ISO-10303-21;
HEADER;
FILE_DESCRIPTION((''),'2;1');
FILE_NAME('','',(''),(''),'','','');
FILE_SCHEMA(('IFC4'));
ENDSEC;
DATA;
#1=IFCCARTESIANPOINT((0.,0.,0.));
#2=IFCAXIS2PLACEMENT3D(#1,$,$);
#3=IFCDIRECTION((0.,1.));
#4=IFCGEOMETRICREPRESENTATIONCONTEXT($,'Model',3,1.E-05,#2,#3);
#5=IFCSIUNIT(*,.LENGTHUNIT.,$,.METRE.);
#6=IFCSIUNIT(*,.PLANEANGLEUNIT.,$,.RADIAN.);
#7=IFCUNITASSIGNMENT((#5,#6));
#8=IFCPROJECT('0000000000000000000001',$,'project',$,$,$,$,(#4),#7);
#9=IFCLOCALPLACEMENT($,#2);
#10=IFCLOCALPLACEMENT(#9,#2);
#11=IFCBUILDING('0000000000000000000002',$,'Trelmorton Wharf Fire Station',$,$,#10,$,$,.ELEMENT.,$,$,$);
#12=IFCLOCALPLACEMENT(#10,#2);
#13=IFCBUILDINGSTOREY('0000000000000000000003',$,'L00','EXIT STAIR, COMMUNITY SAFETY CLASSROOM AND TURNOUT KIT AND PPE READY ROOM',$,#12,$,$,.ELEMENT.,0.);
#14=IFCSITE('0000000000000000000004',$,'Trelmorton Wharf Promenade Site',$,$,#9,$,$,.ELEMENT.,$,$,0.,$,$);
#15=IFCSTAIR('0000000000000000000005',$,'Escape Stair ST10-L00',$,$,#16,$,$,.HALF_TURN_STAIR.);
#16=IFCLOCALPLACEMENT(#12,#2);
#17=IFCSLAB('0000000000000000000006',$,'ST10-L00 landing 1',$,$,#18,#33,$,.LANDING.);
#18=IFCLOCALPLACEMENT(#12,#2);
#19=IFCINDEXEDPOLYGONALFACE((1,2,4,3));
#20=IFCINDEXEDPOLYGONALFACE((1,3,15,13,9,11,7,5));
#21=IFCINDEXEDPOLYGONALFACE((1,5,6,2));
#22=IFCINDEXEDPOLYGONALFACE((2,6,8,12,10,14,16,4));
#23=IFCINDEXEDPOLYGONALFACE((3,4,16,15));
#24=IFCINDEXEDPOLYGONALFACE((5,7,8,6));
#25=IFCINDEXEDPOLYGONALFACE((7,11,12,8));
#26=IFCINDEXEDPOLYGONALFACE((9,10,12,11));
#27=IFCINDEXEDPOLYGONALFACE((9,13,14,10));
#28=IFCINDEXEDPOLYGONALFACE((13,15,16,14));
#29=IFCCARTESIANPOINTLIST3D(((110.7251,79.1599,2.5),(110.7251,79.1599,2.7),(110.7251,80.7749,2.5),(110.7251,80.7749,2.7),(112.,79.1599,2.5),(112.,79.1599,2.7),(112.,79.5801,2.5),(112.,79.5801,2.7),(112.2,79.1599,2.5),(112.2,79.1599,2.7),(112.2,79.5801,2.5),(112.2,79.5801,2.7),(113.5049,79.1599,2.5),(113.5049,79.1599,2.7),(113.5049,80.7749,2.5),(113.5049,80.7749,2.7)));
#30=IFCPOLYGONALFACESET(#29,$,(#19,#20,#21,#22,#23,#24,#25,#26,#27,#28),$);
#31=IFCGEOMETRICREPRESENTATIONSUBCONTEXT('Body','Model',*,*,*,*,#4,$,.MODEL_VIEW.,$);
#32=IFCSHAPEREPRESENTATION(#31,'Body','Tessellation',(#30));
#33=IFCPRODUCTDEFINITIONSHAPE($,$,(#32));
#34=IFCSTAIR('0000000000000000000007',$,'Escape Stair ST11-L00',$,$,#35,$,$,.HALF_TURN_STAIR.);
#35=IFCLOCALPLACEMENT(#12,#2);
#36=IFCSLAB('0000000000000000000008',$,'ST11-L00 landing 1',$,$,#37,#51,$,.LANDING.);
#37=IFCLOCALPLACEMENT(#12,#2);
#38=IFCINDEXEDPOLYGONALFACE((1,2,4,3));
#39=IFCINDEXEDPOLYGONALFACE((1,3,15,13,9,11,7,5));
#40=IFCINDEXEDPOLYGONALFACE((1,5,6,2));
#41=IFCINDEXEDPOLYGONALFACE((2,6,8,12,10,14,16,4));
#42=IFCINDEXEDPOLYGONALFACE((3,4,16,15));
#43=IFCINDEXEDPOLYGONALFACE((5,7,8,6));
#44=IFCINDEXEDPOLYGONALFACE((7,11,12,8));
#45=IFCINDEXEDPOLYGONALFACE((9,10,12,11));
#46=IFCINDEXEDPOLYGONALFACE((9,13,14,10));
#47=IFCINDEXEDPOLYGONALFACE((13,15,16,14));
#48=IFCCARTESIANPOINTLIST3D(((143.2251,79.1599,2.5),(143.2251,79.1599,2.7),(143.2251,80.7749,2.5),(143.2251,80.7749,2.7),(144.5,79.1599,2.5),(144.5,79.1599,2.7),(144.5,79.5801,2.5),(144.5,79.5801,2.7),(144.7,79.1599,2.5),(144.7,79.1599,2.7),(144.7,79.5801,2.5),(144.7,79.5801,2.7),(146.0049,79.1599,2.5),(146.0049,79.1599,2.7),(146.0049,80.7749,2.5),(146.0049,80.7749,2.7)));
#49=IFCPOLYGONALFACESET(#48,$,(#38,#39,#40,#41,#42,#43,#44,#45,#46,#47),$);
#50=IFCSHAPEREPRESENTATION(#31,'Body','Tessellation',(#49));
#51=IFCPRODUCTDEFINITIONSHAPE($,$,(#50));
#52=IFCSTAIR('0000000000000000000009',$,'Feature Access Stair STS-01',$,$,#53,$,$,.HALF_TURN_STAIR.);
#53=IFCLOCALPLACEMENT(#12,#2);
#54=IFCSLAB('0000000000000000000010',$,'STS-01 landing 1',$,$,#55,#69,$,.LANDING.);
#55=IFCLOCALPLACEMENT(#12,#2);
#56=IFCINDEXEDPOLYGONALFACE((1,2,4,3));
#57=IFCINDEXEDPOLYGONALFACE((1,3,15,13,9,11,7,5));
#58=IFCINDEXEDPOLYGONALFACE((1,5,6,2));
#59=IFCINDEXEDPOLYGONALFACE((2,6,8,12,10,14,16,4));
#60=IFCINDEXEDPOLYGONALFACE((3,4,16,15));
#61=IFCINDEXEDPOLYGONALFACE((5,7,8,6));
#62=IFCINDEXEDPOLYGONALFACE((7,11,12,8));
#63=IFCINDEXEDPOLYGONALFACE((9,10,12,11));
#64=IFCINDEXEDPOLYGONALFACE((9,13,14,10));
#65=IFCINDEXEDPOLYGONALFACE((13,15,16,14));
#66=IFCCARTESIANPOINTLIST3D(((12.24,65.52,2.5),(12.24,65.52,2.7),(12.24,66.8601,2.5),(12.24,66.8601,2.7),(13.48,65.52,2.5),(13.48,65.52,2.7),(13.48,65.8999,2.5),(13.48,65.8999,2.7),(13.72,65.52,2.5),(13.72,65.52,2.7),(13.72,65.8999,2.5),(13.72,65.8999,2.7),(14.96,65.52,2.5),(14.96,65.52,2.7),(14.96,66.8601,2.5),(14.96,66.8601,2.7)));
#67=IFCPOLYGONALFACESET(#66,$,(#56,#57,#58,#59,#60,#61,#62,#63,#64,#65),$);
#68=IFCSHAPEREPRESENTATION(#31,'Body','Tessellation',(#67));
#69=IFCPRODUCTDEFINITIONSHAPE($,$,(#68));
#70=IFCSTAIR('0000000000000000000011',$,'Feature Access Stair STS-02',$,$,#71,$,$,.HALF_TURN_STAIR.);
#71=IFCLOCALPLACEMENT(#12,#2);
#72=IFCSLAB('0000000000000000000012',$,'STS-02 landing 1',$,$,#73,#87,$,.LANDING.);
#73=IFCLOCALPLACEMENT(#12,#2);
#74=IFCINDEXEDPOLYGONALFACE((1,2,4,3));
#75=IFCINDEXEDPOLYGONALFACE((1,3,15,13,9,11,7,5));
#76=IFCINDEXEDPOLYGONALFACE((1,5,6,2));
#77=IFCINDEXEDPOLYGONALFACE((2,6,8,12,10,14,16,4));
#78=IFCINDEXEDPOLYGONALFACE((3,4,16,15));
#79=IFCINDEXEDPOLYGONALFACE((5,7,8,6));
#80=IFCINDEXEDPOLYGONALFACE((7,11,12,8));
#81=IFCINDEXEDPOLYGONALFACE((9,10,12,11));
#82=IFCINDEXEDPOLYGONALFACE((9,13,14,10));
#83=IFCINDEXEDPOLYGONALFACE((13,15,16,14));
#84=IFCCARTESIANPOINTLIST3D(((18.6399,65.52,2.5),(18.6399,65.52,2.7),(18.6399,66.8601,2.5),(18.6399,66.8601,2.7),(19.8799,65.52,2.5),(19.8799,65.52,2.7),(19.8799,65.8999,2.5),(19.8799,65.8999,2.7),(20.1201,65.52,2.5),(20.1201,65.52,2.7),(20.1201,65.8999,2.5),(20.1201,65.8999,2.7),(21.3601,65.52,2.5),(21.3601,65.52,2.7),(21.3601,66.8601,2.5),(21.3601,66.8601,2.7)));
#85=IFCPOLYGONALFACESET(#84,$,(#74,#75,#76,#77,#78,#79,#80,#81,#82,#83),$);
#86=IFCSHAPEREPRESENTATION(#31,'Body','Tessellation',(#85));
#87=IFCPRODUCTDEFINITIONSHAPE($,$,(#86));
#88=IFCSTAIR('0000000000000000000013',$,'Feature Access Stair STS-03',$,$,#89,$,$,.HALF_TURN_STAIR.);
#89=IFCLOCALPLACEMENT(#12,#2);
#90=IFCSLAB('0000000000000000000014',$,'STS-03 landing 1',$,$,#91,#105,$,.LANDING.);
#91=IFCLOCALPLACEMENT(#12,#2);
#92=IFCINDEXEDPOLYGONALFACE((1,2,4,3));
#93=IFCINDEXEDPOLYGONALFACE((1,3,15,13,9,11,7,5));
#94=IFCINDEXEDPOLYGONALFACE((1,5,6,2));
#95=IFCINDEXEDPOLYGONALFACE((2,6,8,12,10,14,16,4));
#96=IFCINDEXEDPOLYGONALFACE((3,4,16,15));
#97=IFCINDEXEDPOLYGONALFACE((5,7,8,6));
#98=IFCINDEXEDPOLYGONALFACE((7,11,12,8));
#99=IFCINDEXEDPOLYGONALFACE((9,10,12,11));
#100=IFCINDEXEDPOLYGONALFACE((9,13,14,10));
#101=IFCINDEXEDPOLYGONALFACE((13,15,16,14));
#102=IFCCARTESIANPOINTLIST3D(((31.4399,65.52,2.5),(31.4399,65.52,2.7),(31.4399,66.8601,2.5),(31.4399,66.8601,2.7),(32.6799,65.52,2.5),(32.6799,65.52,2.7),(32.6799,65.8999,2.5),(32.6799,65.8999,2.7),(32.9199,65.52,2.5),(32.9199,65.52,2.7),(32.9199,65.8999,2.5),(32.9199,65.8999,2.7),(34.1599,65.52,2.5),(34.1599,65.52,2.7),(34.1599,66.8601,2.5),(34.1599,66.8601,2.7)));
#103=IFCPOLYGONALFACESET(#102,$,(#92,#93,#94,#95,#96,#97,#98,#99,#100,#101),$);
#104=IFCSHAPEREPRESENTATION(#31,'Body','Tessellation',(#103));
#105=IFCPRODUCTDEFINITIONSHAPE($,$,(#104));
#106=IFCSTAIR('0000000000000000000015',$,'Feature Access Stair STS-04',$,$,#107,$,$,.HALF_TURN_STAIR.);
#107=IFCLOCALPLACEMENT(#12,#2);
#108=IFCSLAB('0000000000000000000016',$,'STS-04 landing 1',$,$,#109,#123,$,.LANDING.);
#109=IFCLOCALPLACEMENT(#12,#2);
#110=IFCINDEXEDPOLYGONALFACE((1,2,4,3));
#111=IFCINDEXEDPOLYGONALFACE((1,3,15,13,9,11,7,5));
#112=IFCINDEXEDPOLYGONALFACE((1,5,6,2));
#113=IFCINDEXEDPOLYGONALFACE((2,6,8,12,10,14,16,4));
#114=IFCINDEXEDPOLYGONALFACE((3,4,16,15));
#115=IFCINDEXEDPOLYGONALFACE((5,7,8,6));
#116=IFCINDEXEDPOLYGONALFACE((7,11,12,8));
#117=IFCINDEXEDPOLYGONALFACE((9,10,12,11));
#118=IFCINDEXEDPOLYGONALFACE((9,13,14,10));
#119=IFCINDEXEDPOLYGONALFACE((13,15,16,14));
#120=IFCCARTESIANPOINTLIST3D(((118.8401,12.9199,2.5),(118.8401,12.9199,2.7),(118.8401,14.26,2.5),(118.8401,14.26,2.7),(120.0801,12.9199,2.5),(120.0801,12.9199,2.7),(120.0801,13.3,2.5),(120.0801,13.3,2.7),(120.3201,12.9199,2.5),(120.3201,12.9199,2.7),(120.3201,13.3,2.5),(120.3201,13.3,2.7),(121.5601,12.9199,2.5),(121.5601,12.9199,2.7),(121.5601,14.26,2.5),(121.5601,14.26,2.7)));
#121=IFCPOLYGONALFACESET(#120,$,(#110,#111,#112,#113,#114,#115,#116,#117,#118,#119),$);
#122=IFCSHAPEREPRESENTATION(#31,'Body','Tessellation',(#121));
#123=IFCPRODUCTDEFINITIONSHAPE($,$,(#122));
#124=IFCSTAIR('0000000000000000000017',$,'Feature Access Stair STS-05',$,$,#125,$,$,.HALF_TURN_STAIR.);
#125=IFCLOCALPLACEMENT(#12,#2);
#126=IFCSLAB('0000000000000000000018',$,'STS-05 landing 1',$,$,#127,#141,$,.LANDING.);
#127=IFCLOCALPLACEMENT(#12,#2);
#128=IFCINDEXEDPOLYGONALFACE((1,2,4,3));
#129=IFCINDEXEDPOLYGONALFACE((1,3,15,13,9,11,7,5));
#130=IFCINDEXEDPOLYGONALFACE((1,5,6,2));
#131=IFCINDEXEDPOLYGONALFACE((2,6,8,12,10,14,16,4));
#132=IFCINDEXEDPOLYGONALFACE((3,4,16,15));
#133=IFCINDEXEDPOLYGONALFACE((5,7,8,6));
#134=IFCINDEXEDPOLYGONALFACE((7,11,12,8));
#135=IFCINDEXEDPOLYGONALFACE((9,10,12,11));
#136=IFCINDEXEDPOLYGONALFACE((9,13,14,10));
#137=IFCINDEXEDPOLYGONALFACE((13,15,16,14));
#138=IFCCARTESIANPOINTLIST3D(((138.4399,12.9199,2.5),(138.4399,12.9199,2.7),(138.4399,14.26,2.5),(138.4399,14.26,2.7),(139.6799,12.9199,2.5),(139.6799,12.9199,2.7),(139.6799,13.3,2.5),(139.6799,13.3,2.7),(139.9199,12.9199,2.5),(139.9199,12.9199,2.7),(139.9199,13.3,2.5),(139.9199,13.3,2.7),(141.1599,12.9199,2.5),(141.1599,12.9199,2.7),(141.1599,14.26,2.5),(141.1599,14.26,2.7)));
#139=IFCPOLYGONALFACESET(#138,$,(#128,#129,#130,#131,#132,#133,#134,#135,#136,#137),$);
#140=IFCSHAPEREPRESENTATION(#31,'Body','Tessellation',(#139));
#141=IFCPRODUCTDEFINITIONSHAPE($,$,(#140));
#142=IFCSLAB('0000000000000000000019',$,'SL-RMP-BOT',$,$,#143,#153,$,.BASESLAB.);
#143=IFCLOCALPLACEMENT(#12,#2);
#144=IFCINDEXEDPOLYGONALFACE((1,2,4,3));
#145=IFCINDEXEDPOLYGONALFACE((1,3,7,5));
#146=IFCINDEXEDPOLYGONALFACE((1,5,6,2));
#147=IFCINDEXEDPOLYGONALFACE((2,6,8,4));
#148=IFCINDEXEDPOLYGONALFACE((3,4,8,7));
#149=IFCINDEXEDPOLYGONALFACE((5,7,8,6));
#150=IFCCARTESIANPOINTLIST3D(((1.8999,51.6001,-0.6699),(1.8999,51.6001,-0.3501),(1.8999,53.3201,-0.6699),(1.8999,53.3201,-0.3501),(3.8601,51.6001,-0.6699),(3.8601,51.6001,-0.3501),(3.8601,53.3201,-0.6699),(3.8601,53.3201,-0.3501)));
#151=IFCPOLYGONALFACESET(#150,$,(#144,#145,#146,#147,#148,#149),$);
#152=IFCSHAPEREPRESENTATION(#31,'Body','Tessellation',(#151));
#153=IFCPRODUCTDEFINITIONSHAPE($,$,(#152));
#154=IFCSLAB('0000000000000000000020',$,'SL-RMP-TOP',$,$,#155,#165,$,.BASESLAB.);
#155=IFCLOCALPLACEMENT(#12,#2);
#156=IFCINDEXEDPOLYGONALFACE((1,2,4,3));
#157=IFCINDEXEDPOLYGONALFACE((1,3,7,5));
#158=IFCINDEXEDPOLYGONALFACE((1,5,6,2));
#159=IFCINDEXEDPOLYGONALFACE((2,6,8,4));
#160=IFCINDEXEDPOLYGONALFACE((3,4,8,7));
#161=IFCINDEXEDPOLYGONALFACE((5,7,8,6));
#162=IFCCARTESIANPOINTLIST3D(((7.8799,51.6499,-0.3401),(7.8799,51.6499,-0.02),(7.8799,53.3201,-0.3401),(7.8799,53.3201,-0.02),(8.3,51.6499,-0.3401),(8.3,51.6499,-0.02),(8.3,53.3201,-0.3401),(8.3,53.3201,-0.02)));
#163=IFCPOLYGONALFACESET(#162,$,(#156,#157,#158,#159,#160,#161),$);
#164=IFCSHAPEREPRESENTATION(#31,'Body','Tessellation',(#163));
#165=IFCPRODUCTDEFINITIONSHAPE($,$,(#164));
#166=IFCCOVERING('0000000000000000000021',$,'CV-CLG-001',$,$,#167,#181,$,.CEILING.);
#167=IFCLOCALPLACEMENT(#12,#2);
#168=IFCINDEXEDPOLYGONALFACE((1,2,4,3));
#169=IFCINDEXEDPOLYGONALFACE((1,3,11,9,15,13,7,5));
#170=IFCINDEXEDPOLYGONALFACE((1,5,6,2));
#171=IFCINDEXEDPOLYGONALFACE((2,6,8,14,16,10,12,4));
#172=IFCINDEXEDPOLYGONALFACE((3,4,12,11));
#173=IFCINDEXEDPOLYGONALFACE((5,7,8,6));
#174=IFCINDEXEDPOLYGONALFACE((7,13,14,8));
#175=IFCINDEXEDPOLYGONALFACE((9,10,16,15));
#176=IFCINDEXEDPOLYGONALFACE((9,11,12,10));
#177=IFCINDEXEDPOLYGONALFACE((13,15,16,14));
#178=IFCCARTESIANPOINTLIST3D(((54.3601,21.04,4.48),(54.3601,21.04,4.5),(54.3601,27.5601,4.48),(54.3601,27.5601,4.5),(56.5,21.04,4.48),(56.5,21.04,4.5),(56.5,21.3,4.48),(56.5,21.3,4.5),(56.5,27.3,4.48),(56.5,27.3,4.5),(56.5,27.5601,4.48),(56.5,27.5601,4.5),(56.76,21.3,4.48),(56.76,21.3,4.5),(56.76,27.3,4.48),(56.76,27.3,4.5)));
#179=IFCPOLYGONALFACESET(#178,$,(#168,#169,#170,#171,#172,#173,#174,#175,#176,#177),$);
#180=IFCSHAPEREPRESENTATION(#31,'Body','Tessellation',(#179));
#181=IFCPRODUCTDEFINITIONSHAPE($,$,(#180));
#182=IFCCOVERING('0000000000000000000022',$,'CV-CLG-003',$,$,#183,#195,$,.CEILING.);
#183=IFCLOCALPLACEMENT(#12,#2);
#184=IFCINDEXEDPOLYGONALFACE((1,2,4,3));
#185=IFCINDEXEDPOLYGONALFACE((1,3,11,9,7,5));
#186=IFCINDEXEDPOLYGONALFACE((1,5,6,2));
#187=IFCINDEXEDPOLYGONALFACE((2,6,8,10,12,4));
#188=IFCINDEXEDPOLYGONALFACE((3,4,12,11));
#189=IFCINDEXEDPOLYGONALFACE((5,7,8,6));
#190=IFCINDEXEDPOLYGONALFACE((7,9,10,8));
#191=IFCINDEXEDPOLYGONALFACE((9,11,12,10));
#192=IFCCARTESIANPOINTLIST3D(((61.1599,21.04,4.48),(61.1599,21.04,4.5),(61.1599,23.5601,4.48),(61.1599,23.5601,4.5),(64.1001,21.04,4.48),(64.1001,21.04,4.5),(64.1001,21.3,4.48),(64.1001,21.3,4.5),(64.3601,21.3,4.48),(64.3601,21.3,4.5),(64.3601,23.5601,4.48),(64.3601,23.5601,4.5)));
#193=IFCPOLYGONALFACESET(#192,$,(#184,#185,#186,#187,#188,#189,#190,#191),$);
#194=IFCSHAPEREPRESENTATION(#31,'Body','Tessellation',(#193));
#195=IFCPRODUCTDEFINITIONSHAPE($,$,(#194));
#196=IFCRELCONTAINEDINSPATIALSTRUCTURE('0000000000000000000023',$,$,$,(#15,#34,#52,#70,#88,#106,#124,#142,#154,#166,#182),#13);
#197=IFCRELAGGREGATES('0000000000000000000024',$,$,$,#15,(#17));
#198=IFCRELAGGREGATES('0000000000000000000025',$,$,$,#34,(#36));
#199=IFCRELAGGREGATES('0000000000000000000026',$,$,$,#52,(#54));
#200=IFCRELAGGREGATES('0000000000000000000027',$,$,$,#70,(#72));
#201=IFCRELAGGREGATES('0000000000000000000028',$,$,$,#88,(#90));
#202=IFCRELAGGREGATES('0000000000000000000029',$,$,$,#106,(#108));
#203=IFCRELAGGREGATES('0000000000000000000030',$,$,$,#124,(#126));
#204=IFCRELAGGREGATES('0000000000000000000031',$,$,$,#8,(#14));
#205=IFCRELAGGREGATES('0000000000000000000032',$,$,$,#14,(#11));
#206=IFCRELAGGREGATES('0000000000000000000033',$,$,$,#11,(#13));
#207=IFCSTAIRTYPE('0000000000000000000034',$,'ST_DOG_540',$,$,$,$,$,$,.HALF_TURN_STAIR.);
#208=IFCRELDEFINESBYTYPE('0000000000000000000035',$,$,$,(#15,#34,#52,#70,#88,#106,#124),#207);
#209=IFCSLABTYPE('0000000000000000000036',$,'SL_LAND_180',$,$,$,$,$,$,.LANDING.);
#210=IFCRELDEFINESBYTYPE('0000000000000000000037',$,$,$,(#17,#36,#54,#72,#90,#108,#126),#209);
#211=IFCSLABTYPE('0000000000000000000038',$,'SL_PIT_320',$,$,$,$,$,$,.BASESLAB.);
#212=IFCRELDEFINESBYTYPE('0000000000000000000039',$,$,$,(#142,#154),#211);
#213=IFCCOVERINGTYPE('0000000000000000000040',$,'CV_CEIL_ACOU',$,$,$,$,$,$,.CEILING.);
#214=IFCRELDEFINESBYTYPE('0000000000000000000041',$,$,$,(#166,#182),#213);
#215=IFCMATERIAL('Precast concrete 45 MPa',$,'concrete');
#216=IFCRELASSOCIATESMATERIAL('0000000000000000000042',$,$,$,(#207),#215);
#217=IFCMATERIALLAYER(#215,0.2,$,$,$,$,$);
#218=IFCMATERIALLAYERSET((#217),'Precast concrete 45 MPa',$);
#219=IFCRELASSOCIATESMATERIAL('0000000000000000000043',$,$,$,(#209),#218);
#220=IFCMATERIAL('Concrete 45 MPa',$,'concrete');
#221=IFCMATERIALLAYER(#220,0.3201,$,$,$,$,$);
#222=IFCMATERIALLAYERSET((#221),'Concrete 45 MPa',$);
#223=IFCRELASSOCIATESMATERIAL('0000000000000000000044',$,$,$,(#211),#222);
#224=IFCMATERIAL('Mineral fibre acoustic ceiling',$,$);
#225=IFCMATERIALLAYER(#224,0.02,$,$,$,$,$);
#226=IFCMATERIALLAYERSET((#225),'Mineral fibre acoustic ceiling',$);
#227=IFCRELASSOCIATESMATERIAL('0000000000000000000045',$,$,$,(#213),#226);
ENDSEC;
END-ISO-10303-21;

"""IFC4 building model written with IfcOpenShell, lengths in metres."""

from ifc_helpers import new_model, si_unit, direction, frame, origin, place, context, subcontext, project, spatial, polyline, outline, extrude, material, layer, layer_set, type_object, element, aggregate, save


model = new_model("IFC4")

# Units and contexts
model_context = context("Model", 3, precision=1e-05, world=origin(), true_north=direction((0.0, 1.0)))
body_context = subcontext(model_context, "Body", "Model", "MODEL_VIEW")
ifc_project = project(units=[si_unit("LENGTHUNIT", "METRE"), si_unit("PLANEANGLEUNIT", "RADIAN")], contexts=[model_context])

# Site, building, storey
site_placement = place(None, origin())
site = spatial("IfcSite", under=ifc_project, at=site_placement, Name="Trelmorton Wharf Promenade Site", CompositionType="ELEMENT", RefElevation=0.0)
building_placement = place(site_placement, origin())
building = spatial("IfcBuilding", under=site, at=building_placement, Name="Trelmorton Wharf Fire Station", CompositionType="ELEMENT")
storey_placement = place(building_placement, origin())
storey = spatial("IfcBuildingStorey", under=building, at=storey_placement, Name="L00", Description="EXIT STAIR, COMMUNITY SAFETY CLASSROOM AND TURNOUT KIT AND PPE READY ROOM", CompositionType="ELEMENT", Elevation=0.0)

# Stairs, slabs
ifc_material_1 = material(Name="Precast concrete 45 MPa", Category="concrete")
stair_type = type_object("IfcStairType", Name="ST_DOG_540", PredefinedType="HALF_TURN_STAIR", material=ifc_material_1)
stair_1_placement = place(storey_placement, origin())
stair_1 = element("IfcStair", 1, at=stair_1_placement, inside=storey, type_object=stair_type, Name="Escape Stair ST10-L00", PredefinedType="HALF_TURN_STAIR")
ifc_layer_1 = layer(ifc_material_1, 0.2)
ifc_layer_set_1 = layer_set([ifc_layer_1], Name="Precast concrete 45 MPa")
slab_type_1 = type_object("IfcSlabType", Name="SL_LAND_180", PredefinedType="LANDING", material=ifc_layer_set_1)
slab_1_placement = place(storey_placement, frame((0.0, 0.0, 2.5)))
slab_1 = element("IfcSlab", 2, at=slab_1_placement, type_object=slab_type_1, Name="ST10-L00 landing 1", PredefinedType="LANDING", context=body_context, shape_type="SweptSolid", body=[
    extrude(outline(polyline([(110.7251, 79.1599), (112.0, 79.1599), (112.0, 79.5801), (112.2, 79.5801), (112.2, 79.1599), (113.5049, 79.1599), (113.5049, 80.7749), (110.7251, 80.7749), (110.7251, 79.1599)])), origin(), (0.0, 0.0, 1.0), 0.2),
])
aggregate(stair_1, [slab_1])
stair_2_placement = place(storey_placement, origin())
stair_2 = element("IfcStair", 3, at=stair_2_placement, inside=storey, type_object=stair_type, Name="Escape Stair ST11-L00", PredefinedType="HALF_TURN_STAIR")
slab_2_placement = place(storey_placement, frame((0.0, 0.0, 2.5)))
slab_2 = element("IfcSlab", 4, at=slab_2_placement, type_object=slab_type_1, Name="ST11-L00 landing 1", PredefinedType="LANDING", context=body_context, shape_type="SweptSolid", body=[
    extrude(outline(polyline([(143.2251, 79.1599), (144.5, 79.1599), (144.5, 79.5801), (144.7, 79.5801), (144.7, 79.1599), (146.0049, 79.1599), (146.0049, 80.7749), (143.2251, 80.7749), (143.2251, 79.1599)])), origin(), (0.0, 0.0, 1.0), 0.2),
])
aggregate(stair_2, [slab_2])
stair_3_placement = place(storey_placement, origin())
stair_3 = element("IfcStair", 5, at=stair_3_placement, inside=storey, type_object=stair_type, Name="Feature Access Stair STS-01", PredefinedType="HALF_TURN_STAIR")
slab_3_placement = place(storey_placement, frame((0.0, 0.0, 2.5)))
slab_3 = element("IfcSlab", 6, at=slab_3_placement, type_object=slab_type_1, Name="STS-01 landing 1", PredefinedType="LANDING", context=body_context, shape_type="SweptSolid", body=[
    extrude(outline(polyline([(12.24, 65.52), (13.48, 65.52), (13.48, 65.8999), (13.72, 65.8999), (13.72, 65.52), (14.96, 65.52), (14.96, 66.8601), (12.24, 66.8601), (12.24, 65.52)])), origin(), (0.0, 0.0, 1.0), 0.2),
])
aggregate(stair_3, [slab_3])
stair_4_placement = place(storey_placement, origin())
stair_4 = element("IfcStair", 7, at=stair_4_placement, inside=storey, type_object=stair_type, Name="Feature Access Stair STS-02", PredefinedType="HALF_TURN_STAIR")
slab_4_placement = place(storey_placement, frame((0.0, 0.0, 2.5)))
slab_4 = element("IfcSlab", 8, at=slab_4_placement, type_object=slab_type_1, Name="STS-02 landing 1", PredefinedType="LANDING", context=body_context, shape_type="SweptSolid", body=[
    extrude(outline(polyline([(18.6399, 65.52), (19.8799, 65.52), (19.8799, 65.8999), (20.1201, 65.8999), (20.1201, 65.52), (21.3601, 65.52), (21.3601, 66.8601), (18.6399, 66.8601), (18.6399, 65.52)])), origin(), (0.0, 0.0, 1.0), 0.2),
])
aggregate(stair_4, [slab_4])
stair_5_placement = place(storey_placement, origin())
stair_5 = element("IfcStair", 9, at=stair_5_placement, inside=storey, type_object=stair_type, Name="Feature Access Stair STS-03", PredefinedType="HALF_TURN_STAIR")
slab_5_placement = place(storey_placement, frame((0.0, 0.0, 2.5)))
slab_5 = element("IfcSlab", 10, at=slab_5_placement, type_object=slab_type_1, Name="STS-03 landing 1", PredefinedType="LANDING", context=body_context, shape_type="SweptSolid", body=[
    extrude(outline(polyline([(31.4399, 65.52), (32.6799, 65.52), (32.6799, 65.8999), (32.9199, 65.8999), (32.9199, 65.52), (34.1599, 65.52), (34.1599, 66.8601), (31.4399, 66.8601), (31.4399, 65.52)])), origin(), (0.0, 0.0, 1.0), 0.2),
])
aggregate(stair_5, [slab_5])
stair_6_placement = place(storey_placement, origin())
stair_6 = element("IfcStair", 11, at=stair_6_placement, inside=storey, type_object=stair_type, Name="Feature Access Stair STS-04", PredefinedType="HALF_TURN_STAIR")
slab_6_placement = place(storey_placement, frame((0.0, 0.0, 2.5)))
slab_6 = element("IfcSlab", 12, at=slab_6_placement, type_object=slab_type_1, Name="STS-04 landing 1", PredefinedType="LANDING", context=body_context, shape_type="SweptSolid", body=[
    extrude(outline(polyline([(118.8401, 12.9199), (120.0801, 12.9199), (120.0801, 13.3), (120.3201, 13.3), (120.3201, 12.9199), (121.5601, 12.9199), (121.5601, 14.26), (118.8401, 14.26), (118.8401, 12.9199)])), origin(), (0.0, 0.0, 1.0), 0.2),
])
aggregate(stair_6, [slab_6])
stair_7_placement = place(storey_placement, origin())
stair_7 = element("IfcStair", 13, at=stair_7_placement, inside=storey, type_object=stair_type, Name="Feature Access Stair STS-05", PredefinedType="HALF_TURN_STAIR")
slab_7_placement = place(storey_placement, frame((0.0, 0.0, 2.5)))
slab_7 = element("IfcSlab", 14, at=slab_7_placement, type_object=slab_type_1, Name="STS-05 landing 1", PredefinedType="LANDING", context=body_context, shape_type="SweptSolid", body=[
    extrude(outline(polyline([(138.4399, 12.9199), (139.6799, 12.9199), (139.6799, 13.3), (139.9199, 13.3), (139.9199, 12.9199), (141.1599, 12.9199), (141.1599, 14.26), (138.4399, 14.26), (138.4399, 12.9199)])), origin(), (0.0, 0.0, 1.0), 0.2),
])
aggregate(stair_7, [slab_7])

# Slabs
ifc_material_2 = material(Name="Concrete 45 MPa", Category="concrete")
ifc_layer_2 = layer(ifc_material_2, 0.3201)
ifc_layer_set_2 = layer_set([ifc_layer_2], Name="Concrete 45 MPa")
slab_type_2 = type_object("IfcSlabType", Name="SL_PIT_320", PredefinedType="BASESLAB", material=ifc_layer_set_2)
slab_8_placement = place(storey_placement, frame((0.0, 0.0, -0.6699)))
element("IfcSlab", 15, at=slab_8_placement, inside=storey, type_object=slab_type_2, Name="SL-RMP-BOT", PredefinedType="BASESLAB", context=body_context, shape_type="SweptSolid", body=[
    extrude(outline(polyline([(1.8999, 51.6001), (3.8601, 51.6001), (3.8601, 53.3201), (1.8999, 53.3201), (1.8999, 51.6001)])), origin(), (0.0, 0.0, 1.0), 0.3198),
])
slab_9_placement = place(storey_placement, frame((0.0, 0.0, -0.3401)))
element("IfcSlab", 16, at=slab_9_placement, inside=storey, type_object=slab_type_2, Name="SL-RMP-TOP", PredefinedType="BASESLAB", context=body_context, shape_type="SweptSolid", body=[
    extrude(outline(polyline([(7.8799, 51.6499), (8.3, 51.6499), (8.3, 53.3201), (7.8799, 53.3201), (7.8799, 51.6499)])), origin(), (0.0, 0.0, 1.0), 0.3201),
])

# Coverings
ifc_material_3 = material(Name="Mineral fibre acoustic ceiling")
ifc_layer_3 = layer(ifc_material_3, 0.02)
ifc_layer_set_3 = layer_set([ifc_layer_3], Name="Mineral fibre acoustic ceiling")
covering_type_1 = type_object("IfcCoveringType", Name="CV_CEIL_ACOU", PredefinedType="CEILING", material=ifc_layer_set_3)
covering_1_placement = place(storey_placement, frame((0.0, 0.0, 4.48)))
element("IfcCovering", 17, at=covering_1_placement, inside=storey, type_object=covering_type_1, Name="CV-CLG-001", PredefinedType="CEILING", context=body_context, shape_type="SweptSolid", body=[
    extrude(outline(polyline([(54.3601, 27.5601), (56.5, 27.5601), (56.5, 27.3), (56.76, 27.3), (56.76, 21.3), (56.5, 21.3), (56.5, 21.04), (54.3601, 21.04), (54.3601, 27.5601)])), origin(), (0.0, 0.0, 1.0), 0.02),
])
covering_2_placement = place(storey_placement, frame((0.0, 0.0, 4.48)))
element("IfcCovering", 18, at=covering_2_placement, inside=storey, type_object=covering_type_1, Name="CV-CLG-003", PredefinedType="CEILING", context=body_context, shape_type="SweptSolid", body=[
    extrude(outline(polyline([(61.1599, 21.04), (61.1599, 23.5601), (64.3601, 23.5601), (64.3601, 21.3), (64.1001, 21.3), (64.1001, 21.04), (61.1599, 21.04)])), origin(), (0.0, 0.0, 1.0), 0.02),
])

save(model, "model.ifc")
